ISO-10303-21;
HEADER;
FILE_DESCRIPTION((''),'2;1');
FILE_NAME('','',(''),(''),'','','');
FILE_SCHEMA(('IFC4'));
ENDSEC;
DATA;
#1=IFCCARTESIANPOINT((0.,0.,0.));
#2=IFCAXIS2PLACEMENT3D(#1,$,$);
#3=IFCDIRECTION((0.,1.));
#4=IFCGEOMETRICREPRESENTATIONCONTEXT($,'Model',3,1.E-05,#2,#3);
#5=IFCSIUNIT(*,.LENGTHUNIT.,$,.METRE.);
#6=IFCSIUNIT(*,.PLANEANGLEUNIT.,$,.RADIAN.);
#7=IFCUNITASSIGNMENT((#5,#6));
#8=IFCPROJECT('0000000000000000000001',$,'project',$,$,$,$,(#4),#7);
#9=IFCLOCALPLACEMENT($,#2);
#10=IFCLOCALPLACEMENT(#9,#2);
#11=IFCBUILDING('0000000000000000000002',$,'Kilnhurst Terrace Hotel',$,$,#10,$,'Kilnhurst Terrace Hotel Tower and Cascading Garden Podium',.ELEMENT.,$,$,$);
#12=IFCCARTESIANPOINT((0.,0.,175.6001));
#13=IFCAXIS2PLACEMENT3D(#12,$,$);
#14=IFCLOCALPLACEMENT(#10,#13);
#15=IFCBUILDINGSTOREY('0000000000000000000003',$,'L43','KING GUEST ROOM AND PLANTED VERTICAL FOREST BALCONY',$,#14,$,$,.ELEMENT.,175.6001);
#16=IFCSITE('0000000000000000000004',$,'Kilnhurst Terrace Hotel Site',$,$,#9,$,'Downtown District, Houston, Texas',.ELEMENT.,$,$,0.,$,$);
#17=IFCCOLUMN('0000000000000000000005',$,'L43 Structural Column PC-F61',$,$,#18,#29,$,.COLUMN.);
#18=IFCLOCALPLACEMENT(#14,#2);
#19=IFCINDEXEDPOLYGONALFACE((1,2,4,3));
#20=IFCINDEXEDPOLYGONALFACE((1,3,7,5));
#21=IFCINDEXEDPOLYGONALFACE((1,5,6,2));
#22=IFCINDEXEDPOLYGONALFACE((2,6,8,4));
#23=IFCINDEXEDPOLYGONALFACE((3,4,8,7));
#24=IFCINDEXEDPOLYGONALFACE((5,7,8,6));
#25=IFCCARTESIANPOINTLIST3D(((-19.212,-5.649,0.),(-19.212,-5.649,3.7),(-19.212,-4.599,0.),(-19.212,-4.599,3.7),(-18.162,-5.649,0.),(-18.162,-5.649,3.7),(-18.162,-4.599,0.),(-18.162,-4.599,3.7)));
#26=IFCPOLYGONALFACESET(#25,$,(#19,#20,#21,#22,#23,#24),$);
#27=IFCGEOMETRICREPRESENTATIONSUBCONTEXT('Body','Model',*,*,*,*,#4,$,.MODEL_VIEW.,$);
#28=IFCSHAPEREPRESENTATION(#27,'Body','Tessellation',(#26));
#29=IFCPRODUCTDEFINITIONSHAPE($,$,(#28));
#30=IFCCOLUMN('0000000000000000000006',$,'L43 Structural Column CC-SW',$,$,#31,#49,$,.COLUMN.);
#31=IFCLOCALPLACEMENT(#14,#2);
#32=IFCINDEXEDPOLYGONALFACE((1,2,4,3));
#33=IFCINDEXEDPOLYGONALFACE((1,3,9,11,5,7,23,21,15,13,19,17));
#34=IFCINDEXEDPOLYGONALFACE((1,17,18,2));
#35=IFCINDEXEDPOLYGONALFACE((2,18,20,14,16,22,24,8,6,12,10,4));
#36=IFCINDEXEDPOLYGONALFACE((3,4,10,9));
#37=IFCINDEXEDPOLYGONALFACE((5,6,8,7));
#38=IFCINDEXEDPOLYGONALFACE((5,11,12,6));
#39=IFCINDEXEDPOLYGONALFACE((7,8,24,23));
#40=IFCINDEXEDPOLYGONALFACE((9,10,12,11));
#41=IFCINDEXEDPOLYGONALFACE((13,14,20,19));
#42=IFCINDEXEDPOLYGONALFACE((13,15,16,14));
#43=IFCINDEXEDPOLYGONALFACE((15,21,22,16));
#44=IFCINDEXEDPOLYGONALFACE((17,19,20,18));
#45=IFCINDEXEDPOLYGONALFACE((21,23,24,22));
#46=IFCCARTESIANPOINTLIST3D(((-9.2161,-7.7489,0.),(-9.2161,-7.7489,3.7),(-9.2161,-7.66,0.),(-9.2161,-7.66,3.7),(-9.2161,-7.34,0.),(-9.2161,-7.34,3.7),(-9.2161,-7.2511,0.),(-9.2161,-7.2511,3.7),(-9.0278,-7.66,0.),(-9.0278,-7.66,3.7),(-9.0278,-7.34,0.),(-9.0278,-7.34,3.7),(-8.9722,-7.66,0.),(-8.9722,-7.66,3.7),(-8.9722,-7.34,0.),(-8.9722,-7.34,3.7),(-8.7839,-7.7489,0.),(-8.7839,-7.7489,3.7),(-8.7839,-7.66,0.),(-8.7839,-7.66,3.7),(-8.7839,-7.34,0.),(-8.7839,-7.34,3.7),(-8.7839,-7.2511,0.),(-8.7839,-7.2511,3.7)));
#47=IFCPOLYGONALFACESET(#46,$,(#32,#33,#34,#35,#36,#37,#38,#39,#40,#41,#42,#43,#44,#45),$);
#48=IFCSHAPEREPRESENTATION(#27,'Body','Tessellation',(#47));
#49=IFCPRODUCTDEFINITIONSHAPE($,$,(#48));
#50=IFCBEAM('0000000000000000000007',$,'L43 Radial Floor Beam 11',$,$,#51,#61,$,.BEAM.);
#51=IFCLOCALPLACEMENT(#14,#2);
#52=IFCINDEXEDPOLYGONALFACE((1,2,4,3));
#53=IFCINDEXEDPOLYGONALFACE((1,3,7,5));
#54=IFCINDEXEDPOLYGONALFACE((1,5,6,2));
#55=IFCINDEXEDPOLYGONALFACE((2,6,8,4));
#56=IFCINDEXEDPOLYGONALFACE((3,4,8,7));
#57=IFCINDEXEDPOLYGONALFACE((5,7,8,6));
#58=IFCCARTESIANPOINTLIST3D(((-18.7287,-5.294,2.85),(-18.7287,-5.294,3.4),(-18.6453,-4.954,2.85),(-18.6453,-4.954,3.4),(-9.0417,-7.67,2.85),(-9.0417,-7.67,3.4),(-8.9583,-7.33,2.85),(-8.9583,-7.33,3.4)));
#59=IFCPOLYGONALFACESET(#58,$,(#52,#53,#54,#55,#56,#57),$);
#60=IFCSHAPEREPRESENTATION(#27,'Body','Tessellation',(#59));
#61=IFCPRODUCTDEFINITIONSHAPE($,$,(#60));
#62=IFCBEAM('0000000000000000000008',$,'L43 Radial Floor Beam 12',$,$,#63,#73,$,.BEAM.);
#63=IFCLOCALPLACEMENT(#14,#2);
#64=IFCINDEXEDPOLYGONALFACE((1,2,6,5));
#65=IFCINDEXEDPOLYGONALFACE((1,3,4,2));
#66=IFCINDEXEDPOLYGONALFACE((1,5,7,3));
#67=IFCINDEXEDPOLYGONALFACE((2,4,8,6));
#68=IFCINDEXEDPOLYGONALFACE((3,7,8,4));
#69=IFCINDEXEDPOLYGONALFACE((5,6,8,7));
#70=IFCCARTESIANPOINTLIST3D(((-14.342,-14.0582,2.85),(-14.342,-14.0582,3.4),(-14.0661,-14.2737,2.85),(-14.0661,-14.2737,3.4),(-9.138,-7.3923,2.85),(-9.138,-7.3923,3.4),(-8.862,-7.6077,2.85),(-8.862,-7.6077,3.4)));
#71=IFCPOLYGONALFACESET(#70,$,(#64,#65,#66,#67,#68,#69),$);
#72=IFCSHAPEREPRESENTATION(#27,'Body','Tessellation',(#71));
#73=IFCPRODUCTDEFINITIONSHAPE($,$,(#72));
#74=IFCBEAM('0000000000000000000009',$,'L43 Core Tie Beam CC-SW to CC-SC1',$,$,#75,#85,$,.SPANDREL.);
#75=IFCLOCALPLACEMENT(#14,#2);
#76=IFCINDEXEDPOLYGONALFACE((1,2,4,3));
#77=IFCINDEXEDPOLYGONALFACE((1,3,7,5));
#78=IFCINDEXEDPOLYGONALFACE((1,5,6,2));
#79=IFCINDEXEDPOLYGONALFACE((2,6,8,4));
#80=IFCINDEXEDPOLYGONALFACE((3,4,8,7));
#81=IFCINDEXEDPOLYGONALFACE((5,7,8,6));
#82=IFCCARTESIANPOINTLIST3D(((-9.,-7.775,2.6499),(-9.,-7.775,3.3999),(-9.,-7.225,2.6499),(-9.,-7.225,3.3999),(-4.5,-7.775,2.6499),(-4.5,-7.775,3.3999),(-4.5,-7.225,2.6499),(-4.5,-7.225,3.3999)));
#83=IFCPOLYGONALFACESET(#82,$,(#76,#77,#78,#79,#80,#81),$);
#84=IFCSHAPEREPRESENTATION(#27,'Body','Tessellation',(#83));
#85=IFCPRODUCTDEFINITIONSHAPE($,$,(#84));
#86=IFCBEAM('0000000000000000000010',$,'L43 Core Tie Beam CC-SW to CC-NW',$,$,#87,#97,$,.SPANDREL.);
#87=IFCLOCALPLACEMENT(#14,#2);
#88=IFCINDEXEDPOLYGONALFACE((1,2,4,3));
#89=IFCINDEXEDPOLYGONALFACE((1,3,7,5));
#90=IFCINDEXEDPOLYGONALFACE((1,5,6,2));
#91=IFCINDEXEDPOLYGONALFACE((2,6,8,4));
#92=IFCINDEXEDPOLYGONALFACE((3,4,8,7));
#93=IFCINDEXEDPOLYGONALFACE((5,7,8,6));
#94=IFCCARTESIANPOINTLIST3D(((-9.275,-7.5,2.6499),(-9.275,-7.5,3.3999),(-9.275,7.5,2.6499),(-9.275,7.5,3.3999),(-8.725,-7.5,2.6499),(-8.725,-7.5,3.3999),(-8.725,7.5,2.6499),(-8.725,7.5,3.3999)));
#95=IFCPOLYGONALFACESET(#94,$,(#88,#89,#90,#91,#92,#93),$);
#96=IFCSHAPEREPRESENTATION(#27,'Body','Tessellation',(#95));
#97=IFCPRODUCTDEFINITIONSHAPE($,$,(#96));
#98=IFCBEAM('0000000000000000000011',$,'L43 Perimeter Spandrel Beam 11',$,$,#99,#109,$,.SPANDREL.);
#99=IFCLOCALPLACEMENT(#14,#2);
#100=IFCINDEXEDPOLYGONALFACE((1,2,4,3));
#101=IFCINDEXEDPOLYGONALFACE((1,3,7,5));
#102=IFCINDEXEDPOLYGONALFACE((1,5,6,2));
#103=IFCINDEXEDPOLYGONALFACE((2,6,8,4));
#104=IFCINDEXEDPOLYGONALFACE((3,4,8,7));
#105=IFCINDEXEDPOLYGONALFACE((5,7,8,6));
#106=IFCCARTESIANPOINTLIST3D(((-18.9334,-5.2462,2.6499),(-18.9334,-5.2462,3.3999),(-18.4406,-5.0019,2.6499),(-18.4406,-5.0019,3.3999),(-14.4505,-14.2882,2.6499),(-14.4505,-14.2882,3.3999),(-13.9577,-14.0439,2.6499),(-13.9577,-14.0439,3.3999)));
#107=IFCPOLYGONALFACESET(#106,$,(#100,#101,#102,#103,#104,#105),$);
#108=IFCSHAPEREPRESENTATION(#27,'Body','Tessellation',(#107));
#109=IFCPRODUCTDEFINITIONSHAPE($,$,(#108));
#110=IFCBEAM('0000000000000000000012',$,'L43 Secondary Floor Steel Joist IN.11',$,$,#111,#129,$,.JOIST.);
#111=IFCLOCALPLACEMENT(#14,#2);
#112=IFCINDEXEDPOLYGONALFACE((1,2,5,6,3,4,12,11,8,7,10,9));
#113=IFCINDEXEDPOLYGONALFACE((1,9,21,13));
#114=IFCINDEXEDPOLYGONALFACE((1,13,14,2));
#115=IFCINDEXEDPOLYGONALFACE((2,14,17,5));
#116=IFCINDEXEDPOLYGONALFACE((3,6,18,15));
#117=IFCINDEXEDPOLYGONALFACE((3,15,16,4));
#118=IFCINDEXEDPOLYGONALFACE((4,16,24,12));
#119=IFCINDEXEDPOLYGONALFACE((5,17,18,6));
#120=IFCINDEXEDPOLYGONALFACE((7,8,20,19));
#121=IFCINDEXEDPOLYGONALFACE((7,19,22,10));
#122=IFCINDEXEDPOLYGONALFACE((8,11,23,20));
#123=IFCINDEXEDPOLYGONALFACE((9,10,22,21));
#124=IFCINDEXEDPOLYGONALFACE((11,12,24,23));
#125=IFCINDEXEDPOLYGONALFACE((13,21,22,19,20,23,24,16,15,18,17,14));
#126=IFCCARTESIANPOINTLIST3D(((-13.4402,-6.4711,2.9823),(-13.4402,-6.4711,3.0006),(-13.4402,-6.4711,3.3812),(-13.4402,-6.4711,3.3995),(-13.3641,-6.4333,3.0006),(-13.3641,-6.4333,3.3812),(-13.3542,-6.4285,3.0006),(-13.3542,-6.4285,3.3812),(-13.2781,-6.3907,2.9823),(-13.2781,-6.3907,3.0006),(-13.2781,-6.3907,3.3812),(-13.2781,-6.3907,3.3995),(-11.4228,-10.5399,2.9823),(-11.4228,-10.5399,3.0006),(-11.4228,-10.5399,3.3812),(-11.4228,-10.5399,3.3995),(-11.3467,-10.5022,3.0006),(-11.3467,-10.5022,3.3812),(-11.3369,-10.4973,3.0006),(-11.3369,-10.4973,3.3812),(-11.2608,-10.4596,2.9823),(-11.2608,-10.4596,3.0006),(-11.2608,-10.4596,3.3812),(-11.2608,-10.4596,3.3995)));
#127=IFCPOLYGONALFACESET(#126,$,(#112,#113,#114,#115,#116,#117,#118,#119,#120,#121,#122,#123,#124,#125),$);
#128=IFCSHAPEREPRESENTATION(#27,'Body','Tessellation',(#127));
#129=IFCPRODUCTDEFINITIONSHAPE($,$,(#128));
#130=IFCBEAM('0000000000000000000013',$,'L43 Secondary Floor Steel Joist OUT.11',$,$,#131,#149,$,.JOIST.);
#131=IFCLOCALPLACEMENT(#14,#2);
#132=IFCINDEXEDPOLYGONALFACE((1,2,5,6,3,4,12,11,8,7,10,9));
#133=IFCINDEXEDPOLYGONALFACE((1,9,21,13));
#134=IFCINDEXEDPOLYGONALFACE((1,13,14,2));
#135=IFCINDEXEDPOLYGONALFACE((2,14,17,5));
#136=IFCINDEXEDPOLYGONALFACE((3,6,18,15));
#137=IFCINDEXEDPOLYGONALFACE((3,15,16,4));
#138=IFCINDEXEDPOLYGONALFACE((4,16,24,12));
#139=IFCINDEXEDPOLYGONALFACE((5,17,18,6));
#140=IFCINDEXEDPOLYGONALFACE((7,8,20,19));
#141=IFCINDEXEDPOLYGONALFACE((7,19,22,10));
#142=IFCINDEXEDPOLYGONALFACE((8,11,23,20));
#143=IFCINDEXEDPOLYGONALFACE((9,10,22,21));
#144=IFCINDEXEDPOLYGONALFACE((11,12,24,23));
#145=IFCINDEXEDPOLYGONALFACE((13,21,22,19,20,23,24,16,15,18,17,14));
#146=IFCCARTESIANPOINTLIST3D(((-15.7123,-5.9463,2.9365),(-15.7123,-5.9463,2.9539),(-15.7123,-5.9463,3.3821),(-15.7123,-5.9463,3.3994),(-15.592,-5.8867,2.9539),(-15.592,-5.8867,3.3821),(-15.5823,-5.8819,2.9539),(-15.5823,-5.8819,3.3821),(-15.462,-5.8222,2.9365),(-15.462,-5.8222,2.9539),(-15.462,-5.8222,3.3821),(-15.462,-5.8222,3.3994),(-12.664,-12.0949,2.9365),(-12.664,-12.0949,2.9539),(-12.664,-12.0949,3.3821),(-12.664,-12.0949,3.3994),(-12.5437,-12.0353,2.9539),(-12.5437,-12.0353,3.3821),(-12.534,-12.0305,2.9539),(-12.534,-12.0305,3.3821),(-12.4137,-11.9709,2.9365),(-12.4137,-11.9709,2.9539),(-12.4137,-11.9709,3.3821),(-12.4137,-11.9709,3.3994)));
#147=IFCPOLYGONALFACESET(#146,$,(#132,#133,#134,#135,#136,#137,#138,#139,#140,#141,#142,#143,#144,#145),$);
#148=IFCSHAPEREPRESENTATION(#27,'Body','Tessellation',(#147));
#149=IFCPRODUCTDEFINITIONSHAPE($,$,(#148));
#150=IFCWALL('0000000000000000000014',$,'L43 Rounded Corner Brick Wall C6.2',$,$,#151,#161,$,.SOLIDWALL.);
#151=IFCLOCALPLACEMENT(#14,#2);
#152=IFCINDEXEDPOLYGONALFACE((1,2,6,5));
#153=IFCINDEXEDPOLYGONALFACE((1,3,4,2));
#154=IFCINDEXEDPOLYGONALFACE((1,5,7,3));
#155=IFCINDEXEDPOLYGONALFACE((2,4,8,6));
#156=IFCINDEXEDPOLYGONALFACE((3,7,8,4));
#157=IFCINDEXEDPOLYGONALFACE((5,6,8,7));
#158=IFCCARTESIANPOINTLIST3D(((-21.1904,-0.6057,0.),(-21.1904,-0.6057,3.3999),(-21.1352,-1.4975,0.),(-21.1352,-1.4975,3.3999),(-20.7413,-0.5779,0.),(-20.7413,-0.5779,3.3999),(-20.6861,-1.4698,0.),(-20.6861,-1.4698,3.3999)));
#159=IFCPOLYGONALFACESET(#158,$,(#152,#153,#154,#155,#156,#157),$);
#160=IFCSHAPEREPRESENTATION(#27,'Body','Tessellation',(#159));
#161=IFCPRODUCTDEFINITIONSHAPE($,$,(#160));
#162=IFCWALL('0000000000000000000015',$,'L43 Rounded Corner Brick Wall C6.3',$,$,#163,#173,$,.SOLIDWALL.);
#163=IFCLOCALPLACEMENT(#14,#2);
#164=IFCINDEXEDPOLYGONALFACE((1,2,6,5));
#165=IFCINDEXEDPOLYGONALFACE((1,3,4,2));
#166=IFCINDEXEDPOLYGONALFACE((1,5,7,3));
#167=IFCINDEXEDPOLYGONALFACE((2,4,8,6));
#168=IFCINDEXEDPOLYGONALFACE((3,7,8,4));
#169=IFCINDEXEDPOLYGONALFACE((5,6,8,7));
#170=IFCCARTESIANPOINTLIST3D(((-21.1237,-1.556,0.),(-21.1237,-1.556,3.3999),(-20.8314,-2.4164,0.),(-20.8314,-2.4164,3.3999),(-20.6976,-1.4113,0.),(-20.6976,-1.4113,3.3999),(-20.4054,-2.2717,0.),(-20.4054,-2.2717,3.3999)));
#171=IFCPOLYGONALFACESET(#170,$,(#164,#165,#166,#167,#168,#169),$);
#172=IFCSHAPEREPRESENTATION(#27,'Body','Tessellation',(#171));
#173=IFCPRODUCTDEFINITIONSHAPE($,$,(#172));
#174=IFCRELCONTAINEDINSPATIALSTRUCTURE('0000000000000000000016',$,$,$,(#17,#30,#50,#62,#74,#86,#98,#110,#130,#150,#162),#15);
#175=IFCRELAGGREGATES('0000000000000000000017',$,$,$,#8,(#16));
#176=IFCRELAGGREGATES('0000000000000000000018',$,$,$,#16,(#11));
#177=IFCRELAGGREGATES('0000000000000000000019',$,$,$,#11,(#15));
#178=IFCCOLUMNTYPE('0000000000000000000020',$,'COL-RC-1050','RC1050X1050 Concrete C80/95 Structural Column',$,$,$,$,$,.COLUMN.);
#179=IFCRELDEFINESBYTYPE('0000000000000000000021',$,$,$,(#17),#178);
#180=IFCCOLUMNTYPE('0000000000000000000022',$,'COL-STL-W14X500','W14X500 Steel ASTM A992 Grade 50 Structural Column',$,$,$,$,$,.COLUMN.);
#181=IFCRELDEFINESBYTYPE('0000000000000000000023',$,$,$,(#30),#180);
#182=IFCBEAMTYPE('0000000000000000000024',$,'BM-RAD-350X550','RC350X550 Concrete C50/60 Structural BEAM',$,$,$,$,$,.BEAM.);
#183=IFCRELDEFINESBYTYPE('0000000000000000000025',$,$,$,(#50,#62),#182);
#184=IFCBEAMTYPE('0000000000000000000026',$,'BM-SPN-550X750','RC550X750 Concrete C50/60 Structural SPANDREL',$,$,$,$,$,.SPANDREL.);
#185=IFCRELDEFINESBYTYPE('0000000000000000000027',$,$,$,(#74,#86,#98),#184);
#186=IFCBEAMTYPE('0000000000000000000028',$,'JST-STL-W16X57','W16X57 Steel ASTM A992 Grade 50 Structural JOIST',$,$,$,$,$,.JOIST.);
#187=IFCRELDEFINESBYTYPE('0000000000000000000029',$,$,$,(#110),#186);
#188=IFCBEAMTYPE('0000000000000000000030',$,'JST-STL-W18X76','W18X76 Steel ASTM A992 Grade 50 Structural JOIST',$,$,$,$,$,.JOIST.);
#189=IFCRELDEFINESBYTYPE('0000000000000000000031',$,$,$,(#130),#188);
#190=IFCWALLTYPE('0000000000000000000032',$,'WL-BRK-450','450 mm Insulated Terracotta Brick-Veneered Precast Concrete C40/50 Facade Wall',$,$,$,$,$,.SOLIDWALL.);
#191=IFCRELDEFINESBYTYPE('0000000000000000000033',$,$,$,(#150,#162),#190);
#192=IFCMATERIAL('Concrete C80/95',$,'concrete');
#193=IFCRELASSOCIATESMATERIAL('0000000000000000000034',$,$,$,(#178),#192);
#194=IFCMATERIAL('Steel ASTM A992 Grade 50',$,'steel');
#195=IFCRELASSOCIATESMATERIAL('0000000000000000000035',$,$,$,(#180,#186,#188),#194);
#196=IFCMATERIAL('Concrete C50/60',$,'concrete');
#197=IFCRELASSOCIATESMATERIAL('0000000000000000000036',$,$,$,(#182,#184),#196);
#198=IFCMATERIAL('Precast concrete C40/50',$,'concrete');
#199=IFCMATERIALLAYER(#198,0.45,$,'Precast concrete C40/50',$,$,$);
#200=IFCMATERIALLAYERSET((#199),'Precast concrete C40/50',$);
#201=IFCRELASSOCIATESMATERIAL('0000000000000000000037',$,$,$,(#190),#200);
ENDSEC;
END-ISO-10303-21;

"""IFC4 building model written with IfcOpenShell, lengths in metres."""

from ifc_helpers import new_model, si_unit, direction, frame, frame_2d, origin, origin_2d, place, context, subcontext, project, spatial, rectangle, i_section, extrude, material, layer, layer_set, material_profile, profile_set, type_object, element, save


model = new_model("IFC4")

# Units and contexts
model_context = context("Model", 3, precision=1e-05, world=origin(), true_north=direction((0.0, 1.0)))
body_context = subcontext(model_context, "Body", "Model", "MODEL_VIEW")
ifc_project = project(units=[si_unit("LENGTHUNIT", "METRE"), si_unit("PLANEANGLEUNIT", "RADIAN")], contexts=[model_context])

# Site, building, storey
site_placement = place(None, origin())
site = spatial("IfcSite", under=ifc_project, at=site_placement, Name="Kilnhurst Terrace Hotel Site", LongName="Downtown District, Houston, Texas", CompositionType="ELEMENT", RefElevation=0.0)
building_placement = place(site_placement, origin())
building = spatial("IfcBuilding", under=site, at=building_placement, Name="Kilnhurst Terrace Hotel", LongName="Kilnhurst Terrace Hotel Tower and Cascading Garden Podium", CompositionType="ELEMENT")
storey_placement = place(building_placement, frame((0.0, 0.0, 175.6001)))
storey = spatial("IfcBuildingStorey", under=building, at=storey_placement, Name="L43", Description="KING GUEST ROOM AND PLANTED VERTICAL FOREST BALCONY", CompositionType="ELEMENT", Elevation=175.6001)

# Columns
ifc_material_1 = material(Name="Concrete C80/95", Category="concrete")
ifc_material_profile_1 = material_profile(ifc_material_1, rectangle(XDim=1.05, YDim=1.05, at=origin_2d()), Name="RC1050X1050")
ifc_profile_set_1 = profile_set([ifc_material_profile_1], Name="Concrete C80/95")
column_type_1 = type_object("IfcColumnType", Name="COL-RC-1050", Description="RC1050X1050 Concrete C80/95 Structural Column", PredefinedType="COLUMN", material=ifc_profile_set_1)
column_1_placement = place(storey_placement, frame((-18.687, -5.124, 0.0), z_axis=(0.0, 0.0, 1.0), x_axis=(1.0, 0.0, 0.0)))
element("IfcColumn", 1, at=column_1_placement, inside=storey, type_object=column_type_1, Name="L43 Structural Column PC-F61", PredefinedType="COLUMN", context=body_context, shape_type="SweptSolid", body=[
    extrude(rectangle(XDim=1.05, YDim=1.05, at=origin_2d()), origin(), (0.0, 0.0, 1.0), 3.7),
])
ifc_material_2 = material(Name="Steel ASTM A992 Grade 50", Category="steel")
ifc_material_profile_2 = material_profile(ifc_material_2, i_section(OverallWidth=0.4321, OverallDepth=0.4978, WebThickness=0.0557, FlangeThickness=0.0889, at=origin_2d()), Name="W14X500")
ifc_profile_set_2 = profile_set([ifc_material_profile_2], Name="Steel ASTM A992 Grade 50")
column_type_2 = type_object("IfcColumnType", Name="COL-STL-W14X500", Description="W14X500 Steel ASTM A992 Grade 50 Structural Column", PredefinedType="COLUMN", material=ifc_profile_set_2)
column_2_placement = place(storey_placement, frame((-9.0, -7.5, 0.0), z_axis=(0.0, 0.0, 1.0), x_axis=(1.0, 0.0, 0.0)))
element("IfcColumn", 2, at=column_2_placement, inside=storey, type_object=column_type_2, Name="L43 Structural Column CC-SW", PredefinedType="COLUMN", context=body_context, shape_type="SweptSolid", body=[
    extrude(i_section(OverallWidth=0.4321, OverallDepth=0.4978, WebThickness=0.0557, FlangeThickness=0.0889, at=origin_2d()), origin(), (0.0, 0.0, 1.0), 3.7),
])

# Beams
ifc_material_3 = material(Name="Concrete C50/60", Category="concrete")
ifc_material_profile_3 = material_profile(ifc_material_3, rectangle(XDim=0.3501, YDim=0.55, at=origin_2d()), Name="RC350X550")
ifc_profile_set_3 = profile_set([ifc_material_profile_3], Name="Concrete C50/60")
beam_type_1 = type_object("IfcBeamType", Name="BM-RAD-350X550", Description="RC350X550 Concrete C50/60 Structural BEAM", PredefinedType="BEAM", material=ifc_profile_set_3)
beam_1_placement = place(storey_placement, frame((-9.0, -7.5, 3.125), z_axis=(-0.971213, 0.238214, 0.0), x_axis=(-0.238214, -0.971213, 0.0)))
element("IfcBeam", 3, at=beam_1_placement, inside=storey, type_object=beam_type_1, Name="L43 Radial Floor Beam 11", PredefinedType="BEAM", context=body_context, shape_type="SweptSolid", body=[
    extrude(rectangle(XDim=0.3501, YDim=0.55, at=origin_2d()), origin(), (0.0, 0.0, 1.0), 9.9741),
])
beam_2_placement = place(storey_placement, frame((-9.0, -7.5, 3.125), z_axis=(-0.615371, -0.788238, 0.0), x_axis=(0.788238, -0.615371, 0.0)))
element("IfcBeam", 4, at=beam_2_placement, inside=storey, type_object=beam_type_1, Name="L43 Radial Floor Beam 12", PredefinedType="BEAM", context=body_context, shape_type="SweptSolid", body=[
    extrude(rectangle(XDim=0.3501, YDim=0.55, at=origin_2d()), origin(), (0.0, 0.0, 1.0), 8.4568),
])
ifc_material_profile_4 = material_profile(ifc_material_3, rectangle(XDim=0.55, YDim=0.75, at=origin_2d()), Name="RC550X750")
ifc_profile_set_4 = profile_set([ifc_material_profile_4], Name="Concrete C50/60")
beam_type_2 = type_object("IfcBeamType", Name="BM-SPN-550X750", Description="RC550X750 Concrete C50/60 Structural SPANDREL", PredefinedType="SPANDREL", material=ifc_profile_set_4)
beam_3_placement = place(storey_placement, frame((-9.0, -7.5, 3.0249), z_axis=(1.0, 0.0, 0.0), x_axis=(0.0, 1.0, 0.0)))
element("IfcBeam", 5, at=beam_3_placement, inside=storey, type_object=beam_type_2, Name="L43 Core Tie Beam CC-SW to CC-SC1", PredefinedType="SPANDREL", context=body_context, shape_type="SweptSolid", body=[
    extrude(rectangle(XDim=0.55, YDim=0.75, at=origin_2d()), origin(), (0.0, 0.0, 1.0), 4.5),
])
beam_4_placement = place(storey_placement, frame((-9.0, -7.5, 3.0249), z_axis=(0.0, 1.0, 0.0), x_axis=(-1.0, 0.0, 0.0)))
element("IfcBeam", 6, at=beam_4_placement, inside=storey, type_object=beam_type_2, Name="L43 Core Tie Beam CC-SW to CC-NW", PredefinedType="SPANDREL", context=body_context, shape_type="SweptSolid", body=[
    extrude(rectangle(XDim=0.55, YDim=0.75, at=origin_2d()), origin(), (0.0, 0.0, 1.0), 15.0),
])
beam_5_placement = place(storey_placement, frame((-18.687, -5.124, 3.0249), z_axis=(0.444192, -0.895932, 0.0), x_axis=(0.895932, 0.444192, 0.0)))
element("IfcBeam", 7, at=beam_5_placement, inside=storey, type_object=beam_type_2, Name="L43 Perimeter Spandrel Beam 11", PredefinedType="SPANDREL", context=body_context, shape_type="SweptSolid", body=[
    extrude(rectangle(XDim=0.55, YDim=0.75, at=origin_2d()), origin(), (0.0, 0.0, 1.0), 10.0923),
])
ifc_material_profile_5 = material_profile(ifc_material_2, i_section(OverallWidth=0.1809, OverallDepth=0.4172, WebThickness=0.011, FlangeThickness=0.0183, at=origin_2d()), Name="W16X57")
ifc_profile_set_5 = profile_set([ifc_material_profile_5], Name="Steel ASTM A992 Grade 50")
beam_type_3 = type_object("IfcBeamType", Name="JST-STL-W16X57", Description="W16X57 Steel ASTM A992 Grade 50 Structural JOIST", PredefinedType="JOIST", material=ifc_profile_set_5)
beam_6_placement = place(storey_placement, frame((-13.3591, -6.4309, 3.1909), z_axis=(0.444201, -0.895927, 0.0), x_axis=(0.895927, 0.444201, 0.0)))
element("IfcBeam", 8, at=beam_6_placement, inside=storey, type_object=beam_type_3, Name="L43 Secondary Floor Steel Joist IN.11", PredefinedType="JOIST", context=body_context, shape_type="SweptSolid", body=[
    extrude(i_section(OverallWidth=0.1809, OverallDepth=0.4172, WebThickness=0.011, FlangeThickness=0.0183, at=origin_2d()), origin(), (0.0, 0.0, 1.0), 4.5415),
])
ifc_material_profile_6 = material_profile(ifc_material_2, i_section(OverallWidth=0.2793, OverallDepth=0.4629, WebThickness=0.0107, FlangeThickness=0.0173, at=origin_2d()), Name="W18X76")
ifc_profile_set_6 = profile_set([ifc_material_profile_6], Name="Steel ASTM A992 Grade 50")
beam_type_4 = type_object("IfcBeamType", Name="JST-STL-W18X76", Description="W18X76 Steel ASTM A992 Grade 50 Structural JOIST", PredefinedType="JOIST", material=ifc_profile_set_6)
beam_7_placement = place(storey_placement, frame((-15.5872, -5.8843, 3.168), z_axis=(0.44418, -0.895938, 0.0), x_axis=(0.895938, 0.44418, 0.0)))
element("IfcBeam", 9, at=beam_7_placement, inside=storey, type_object=beam_type_4, Name="L43 Secondary Floor Steel Joist OUT.11", PredefinedType="JOIST", context=body_context, shape_type="SweptSolid", body=[
    extrude(i_section(OverallWidth=0.2793, OverallDepth=0.4629, WebThickness=0.0107, FlangeThickness=0.0173, at=origin_2d()), origin(), (0.0, 0.0, 1.0), 6.8628),
])

# Walls
ifc_material_4 = material(Name="Precast concrete C40/50", Category="concrete")
ifc_layer_1 = layer(ifc_material_4, 0.45, Name="Precast concrete C40/50")
ifc_layer_set_1 = layer_set([ifc_layer_1], Name="Precast concrete C40/50")
wall_type_1 = type_object("IfcWallType", Name="WL-BRK-450", Description="450 mm Insulated Terracotta Brick-Veneered Precast Concrete C40/50 Facade Wall", PredefinedType="SOLIDWALL", material=ifc_layer_set_1)
wall_1_placement = place(storey_placement, frame((-20.9658, -0.5918, 0.0), z_axis=(0.0, 0.0, 1.0), x_axis=(0.061749, -0.998092, 0.0)))
element("IfcWall", 10, at=wall_1_placement, inside=storey, type_object=wall_type_1, Name="L43 Rounded Corner Brick Wall C6.2", PredefinedType="SOLIDWALL", context=body_context, shape_type="SweptSolid", body=[
    extrude(rectangle(XDim=0.8936, YDim=0.45, at=frame_2d((0.4468, 0.0))), origin(), (0.0, 0.0, 1.0), 3.3999),
])
wall_2_placement = place(storey_placement, frame((-20.9106, -1.4836, 0.0), z_axis=(0.0, 0.0, 1.0), x_axis=(0.321623, -0.946868, 0.0)))
element("IfcWall", 11, at=wall_2_placement, inside=storey, type_object=wall_type_1, Name="L43 Rounded Corner Brick Wall C6.3", PredefinedType="SOLIDWALL", context=body_context, shape_type="SweptSolid", body=[
    extrude(rectangle(XDim=0.9087, YDim=0.45, at=frame_2d((0.4543, 0.0))), origin(), (0.0, 0.0, 1.0), 3.3999),
])

save(model, "model.ifc")
